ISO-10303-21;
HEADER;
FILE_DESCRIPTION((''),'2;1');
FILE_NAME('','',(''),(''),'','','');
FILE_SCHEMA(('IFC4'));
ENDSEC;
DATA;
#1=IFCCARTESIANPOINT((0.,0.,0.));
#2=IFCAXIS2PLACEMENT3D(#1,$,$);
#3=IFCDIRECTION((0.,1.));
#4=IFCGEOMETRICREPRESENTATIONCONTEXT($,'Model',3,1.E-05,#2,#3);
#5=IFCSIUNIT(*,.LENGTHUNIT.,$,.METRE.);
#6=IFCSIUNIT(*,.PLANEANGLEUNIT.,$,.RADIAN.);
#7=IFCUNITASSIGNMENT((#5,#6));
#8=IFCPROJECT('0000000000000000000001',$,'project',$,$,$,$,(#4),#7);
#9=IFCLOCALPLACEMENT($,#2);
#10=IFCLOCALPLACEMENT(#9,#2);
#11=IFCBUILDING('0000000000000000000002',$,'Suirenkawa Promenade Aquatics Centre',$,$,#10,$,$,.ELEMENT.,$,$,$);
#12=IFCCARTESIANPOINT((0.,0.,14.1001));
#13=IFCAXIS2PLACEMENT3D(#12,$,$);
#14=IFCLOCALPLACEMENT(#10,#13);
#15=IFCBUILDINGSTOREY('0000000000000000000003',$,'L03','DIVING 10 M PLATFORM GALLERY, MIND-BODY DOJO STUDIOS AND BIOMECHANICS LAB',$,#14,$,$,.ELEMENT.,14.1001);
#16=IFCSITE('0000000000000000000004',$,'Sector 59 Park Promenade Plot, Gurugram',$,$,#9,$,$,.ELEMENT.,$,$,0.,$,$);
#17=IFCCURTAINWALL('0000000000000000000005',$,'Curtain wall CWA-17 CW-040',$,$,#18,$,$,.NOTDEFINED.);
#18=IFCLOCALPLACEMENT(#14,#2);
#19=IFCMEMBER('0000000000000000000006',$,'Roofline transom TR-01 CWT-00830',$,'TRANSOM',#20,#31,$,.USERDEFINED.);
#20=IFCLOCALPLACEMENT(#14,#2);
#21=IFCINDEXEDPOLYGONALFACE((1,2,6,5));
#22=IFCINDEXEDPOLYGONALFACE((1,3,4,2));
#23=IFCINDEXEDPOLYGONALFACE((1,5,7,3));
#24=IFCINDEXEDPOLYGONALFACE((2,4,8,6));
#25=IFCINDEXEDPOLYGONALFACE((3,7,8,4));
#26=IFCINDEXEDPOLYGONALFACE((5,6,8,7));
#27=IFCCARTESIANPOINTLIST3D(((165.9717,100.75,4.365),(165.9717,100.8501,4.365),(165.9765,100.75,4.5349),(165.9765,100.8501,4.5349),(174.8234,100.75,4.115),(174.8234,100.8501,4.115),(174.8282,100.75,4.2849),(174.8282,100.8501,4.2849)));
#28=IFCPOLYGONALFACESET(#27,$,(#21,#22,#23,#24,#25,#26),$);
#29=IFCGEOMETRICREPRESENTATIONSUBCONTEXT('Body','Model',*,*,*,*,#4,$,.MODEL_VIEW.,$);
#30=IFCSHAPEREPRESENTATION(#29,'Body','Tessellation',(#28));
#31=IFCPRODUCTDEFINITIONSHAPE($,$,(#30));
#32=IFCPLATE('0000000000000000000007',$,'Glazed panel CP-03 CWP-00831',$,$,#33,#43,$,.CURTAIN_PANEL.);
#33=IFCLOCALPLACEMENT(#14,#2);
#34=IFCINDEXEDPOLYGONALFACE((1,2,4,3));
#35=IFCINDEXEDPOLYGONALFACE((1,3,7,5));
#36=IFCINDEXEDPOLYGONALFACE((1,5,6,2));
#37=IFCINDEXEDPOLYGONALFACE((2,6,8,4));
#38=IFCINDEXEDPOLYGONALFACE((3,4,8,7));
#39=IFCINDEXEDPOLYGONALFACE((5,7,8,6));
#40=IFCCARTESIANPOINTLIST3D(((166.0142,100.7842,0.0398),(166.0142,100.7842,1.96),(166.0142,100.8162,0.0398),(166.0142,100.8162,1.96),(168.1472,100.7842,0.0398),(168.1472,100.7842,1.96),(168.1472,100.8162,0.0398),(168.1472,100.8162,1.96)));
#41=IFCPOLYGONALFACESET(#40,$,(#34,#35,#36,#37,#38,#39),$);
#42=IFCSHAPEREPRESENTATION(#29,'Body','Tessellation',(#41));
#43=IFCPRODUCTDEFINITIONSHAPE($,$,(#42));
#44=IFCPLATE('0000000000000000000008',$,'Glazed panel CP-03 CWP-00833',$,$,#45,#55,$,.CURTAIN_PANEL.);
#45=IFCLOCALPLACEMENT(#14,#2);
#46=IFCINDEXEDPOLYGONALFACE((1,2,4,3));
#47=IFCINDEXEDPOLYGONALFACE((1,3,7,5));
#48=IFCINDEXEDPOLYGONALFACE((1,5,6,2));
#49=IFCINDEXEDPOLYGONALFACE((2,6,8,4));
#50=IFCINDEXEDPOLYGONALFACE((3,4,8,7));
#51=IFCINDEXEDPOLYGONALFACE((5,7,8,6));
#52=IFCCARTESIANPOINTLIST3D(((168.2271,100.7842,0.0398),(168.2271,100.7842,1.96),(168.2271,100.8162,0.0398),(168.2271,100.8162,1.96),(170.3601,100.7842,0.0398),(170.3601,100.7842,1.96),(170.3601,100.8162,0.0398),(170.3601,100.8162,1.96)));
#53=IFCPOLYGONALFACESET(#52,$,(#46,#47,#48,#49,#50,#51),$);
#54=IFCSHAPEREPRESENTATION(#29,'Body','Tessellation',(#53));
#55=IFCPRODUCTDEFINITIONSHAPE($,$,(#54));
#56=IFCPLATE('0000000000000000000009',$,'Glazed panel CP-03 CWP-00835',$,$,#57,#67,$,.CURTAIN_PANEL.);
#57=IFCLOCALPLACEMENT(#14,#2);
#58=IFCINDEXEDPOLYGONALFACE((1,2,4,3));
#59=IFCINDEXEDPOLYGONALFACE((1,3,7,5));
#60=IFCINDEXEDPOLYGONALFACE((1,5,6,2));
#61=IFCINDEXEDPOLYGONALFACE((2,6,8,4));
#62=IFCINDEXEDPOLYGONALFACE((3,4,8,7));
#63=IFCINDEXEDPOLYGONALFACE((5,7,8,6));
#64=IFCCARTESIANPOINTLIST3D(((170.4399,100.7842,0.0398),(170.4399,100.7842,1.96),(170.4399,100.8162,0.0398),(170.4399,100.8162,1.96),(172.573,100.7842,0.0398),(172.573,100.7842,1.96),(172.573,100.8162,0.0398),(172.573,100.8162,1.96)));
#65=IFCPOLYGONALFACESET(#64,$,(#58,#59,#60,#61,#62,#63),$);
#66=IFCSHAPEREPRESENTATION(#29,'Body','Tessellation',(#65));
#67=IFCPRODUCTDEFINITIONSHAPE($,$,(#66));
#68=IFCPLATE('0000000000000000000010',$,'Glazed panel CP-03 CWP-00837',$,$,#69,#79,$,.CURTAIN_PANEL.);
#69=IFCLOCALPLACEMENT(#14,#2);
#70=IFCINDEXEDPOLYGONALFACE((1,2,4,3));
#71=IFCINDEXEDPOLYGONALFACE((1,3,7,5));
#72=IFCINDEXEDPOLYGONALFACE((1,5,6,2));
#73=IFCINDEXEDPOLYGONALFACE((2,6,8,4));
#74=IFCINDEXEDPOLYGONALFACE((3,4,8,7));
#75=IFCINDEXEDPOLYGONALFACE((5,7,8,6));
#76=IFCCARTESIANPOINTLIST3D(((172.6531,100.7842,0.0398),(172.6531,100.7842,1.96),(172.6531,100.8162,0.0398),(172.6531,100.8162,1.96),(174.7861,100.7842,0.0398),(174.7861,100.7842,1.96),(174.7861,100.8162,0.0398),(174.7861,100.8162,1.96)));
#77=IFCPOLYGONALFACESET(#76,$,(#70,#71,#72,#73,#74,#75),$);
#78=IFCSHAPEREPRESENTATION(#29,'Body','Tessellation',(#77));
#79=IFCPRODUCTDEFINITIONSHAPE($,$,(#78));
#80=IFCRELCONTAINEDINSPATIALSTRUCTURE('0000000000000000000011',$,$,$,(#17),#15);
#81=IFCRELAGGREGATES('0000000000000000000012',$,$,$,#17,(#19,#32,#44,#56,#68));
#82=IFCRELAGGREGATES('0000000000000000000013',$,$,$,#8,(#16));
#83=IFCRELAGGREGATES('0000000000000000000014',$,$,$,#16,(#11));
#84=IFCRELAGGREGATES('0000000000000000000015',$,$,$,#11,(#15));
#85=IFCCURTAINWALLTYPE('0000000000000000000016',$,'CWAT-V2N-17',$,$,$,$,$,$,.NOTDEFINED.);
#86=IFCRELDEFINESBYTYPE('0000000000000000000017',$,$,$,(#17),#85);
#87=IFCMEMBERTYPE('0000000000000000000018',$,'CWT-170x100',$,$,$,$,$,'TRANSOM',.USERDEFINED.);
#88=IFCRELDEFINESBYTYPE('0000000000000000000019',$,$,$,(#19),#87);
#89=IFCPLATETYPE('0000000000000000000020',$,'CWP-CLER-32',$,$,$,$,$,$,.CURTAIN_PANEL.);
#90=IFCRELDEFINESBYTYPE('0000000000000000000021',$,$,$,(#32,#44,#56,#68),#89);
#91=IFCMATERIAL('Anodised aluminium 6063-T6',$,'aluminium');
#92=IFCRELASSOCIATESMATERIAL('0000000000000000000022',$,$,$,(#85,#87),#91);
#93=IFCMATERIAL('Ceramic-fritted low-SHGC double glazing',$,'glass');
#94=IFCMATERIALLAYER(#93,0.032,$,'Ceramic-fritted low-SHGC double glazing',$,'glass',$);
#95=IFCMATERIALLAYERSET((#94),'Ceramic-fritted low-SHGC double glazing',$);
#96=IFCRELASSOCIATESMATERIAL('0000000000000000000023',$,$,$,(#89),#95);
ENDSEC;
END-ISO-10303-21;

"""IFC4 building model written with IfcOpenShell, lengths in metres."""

from ifc_helpers import new_model, si_unit, direction, frame, origin, origin_2d, place, context, subcontext, project, spatial, polyline, rectangle, outline, extrude, material, layer, layer_set, material_profile, profile_set, type_object, element, aggregate, save


model = new_model("IFC4")

# Units and contexts
model_context = context("Model", 3, precision=1e-05, world=origin(), true_north=direction((0.0, 1.0)))
body_context = subcontext(model_context, "Body", "Model", "MODEL_VIEW")
ifc_project = project(units=[si_unit("LENGTHUNIT", "METRE"), si_unit("PLANEANGLEUNIT", "RADIAN")], contexts=[model_context])

# Site, building, storey
site_placement = place(None, origin())
site = spatial("IfcSite", under=ifc_project, at=site_placement, Name="Sector 59 Park Promenade Plot, Gurugram", CompositionType="ELEMENT", RefElevation=0.0)
building_placement = place(site_placement, origin())
building = spatial("IfcBuilding", under=site, at=building_placement, Name="Suirenkawa Promenade Aquatics Centre", CompositionType="ELEMENT")
storey_placement = place(building_placement, frame((0.0, 0.0, 14.1001)))
storey = spatial("IfcBuildingStorey", under=building, at=storey_placement, Name="L03", Description="DIVING 10 M PLATFORM GALLERY, MIND-BODY DOJO STUDIOS AND BIOMECHANICS LAB", CompositionType="ELEMENT", Elevation=14.1001)

# Curtain wall, member, plates
ifc_material_1 = material(Name="Anodised aluminium 6063-T6", Category="aluminium")
curtain_wall_type = type_object("IfcCurtainWallType", Name="CWAT-V2N-17", PredefinedType="NOTDEFINED", material=ifc_material_1)
curtain_wall_placement = place(storey_placement, origin())
curtain_wall = element("IfcCurtainWall", 1, at=curtain_wall_placement, inside=storey, type_object=curtain_wall_type, Name="Curtain wall CWA-17 CW-040", PredefinedType="NOTDEFINED")
ifc_material_profile_1 = material_profile(ifc_material_1, rectangle(XDim=0.1001, YDim=0.1699, at=origin_2d()), Name="ALU TRAN 100x170", Category="aluminium")
ifc_profile_set_1 = profile_set([ifc_material_profile_1], Name="Anodised aluminium 6063-T6")
member_type_1 = type_object("IfcMemberType", Name="CWT-170x100", ElementType="TRANSOM", PredefinedType="USERDEFINED", material=ifc_profile_set_1)
member_1_placement = place(storey_placement, frame((165.9741, 100.8, 4.45), z_axis=(0.999601, 0.0, -0.028232), x_axis=(0.0, 1.0, 0.0)))
member_1 = element("IfcMember", 2, at=member_1_placement, type_object=member_type_1, Name="Roofline transom TR-01 CWT-00830", ObjectType="TRANSOM", PredefinedType="USERDEFINED", context=body_context, shape_type="SweptSolid", body=[
    extrude(rectangle(XDim=0.1001, YDim=0.1699, at=origin_2d()), origin(), (0.0, 0.0, 1.0), 8.8552),
])
ifc_material_2 = material(Name="Ceramic-fritted low-SHGC double glazing", Category="glass")
ifc_layer = layer(ifc_material_2, 0.032, Name="Ceramic-fritted low-SHGC double glazing", Category="glass")
ifc_layer_set = layer_set([ifc_layer], Name="Ceramic-fritted low-SHGC double glazing")
plate_type = type_object("IfcPlateType", Name="CWP-CLER-32", PredefinedType="CURTAIN_PANEL", material=ifc_layer_set)
plate_1_placement = place(storey_placement, frame((165.9741, 100.8, 0.0398), z_axis=(0.0, 0.0, 1.0), x_axis=(1.0, 0.0, 0.0)))
plate_1 = element("IfcPlate", 3, at=plate_1_placement, type_object=plate_type, Name="Glazed panel CP-03 CWP-00831", PredefinedType="CURTAIN_PANEL", context=body_context, shape_type="SweptSolid", body=[
    extrude(outline(polyline([(0.04, 0.0), (2.1731, 0.0), (2.1731, 1.9202), (0.04, 1.9202), (0.04, 0.0)])), frame((0.0, 0.0161, 0.0), z_axis=(0.0, -1.0, 0.0), x_axis=(1.0, 0.0, 0.0)), (0.0, 0.0, 1.0), 0.032),
])
plate_2_placement = place(storey_placement, frame((168.187, 100.8, 0.0398), z_axis=(0.0, 0.0, 1.0), x_axis=(1.0, 0.0, 0.0)))
plate_2 = element("IfcPlate", 4, at=plate_2_placement, type_object=plate_type, Name="Glazed panel CP-03 CWP-00833", PredefinedType="CURTAIN_PANEL", context=body_context, shape_type="SweptSolid", body=[
    extrude(outline(polyline([(0.04, 0.0), (2.1731, 0.0), (2.1731, 1.9202), (0.04, 1.9202), (0.04, 0.0)])), frame((0.0, 0.0161, 0.0), z_axis=(0.0, -1.0, 0.0), x_axis=(1.0, 0.0, 0.0)), (0.0, 0.0, 1.0), 0.032),
])
plate_3_placement = place(storey_placement, frame((170.3999, 100.8, 0.0398), z_axis=(0.0, 0.0, 1.0), x_axis=(1.0, 0.0, 0.0)))
plate_3 = element("IfcPlate", 5, at=plate_3_placement, type_object=plate_type, Name="Glazed panel CP-03 CWP-00835", PredefinedType="CURTAIN_PANEL", context=body_context, shape_type="SweptSolid", body=[
    extrude(outline(polyline([(0.04, 0.0), (2.1731, 0.0), (2.1731, 1.9202), (0.04, 1.9202), (0.04, 0.0)])), frame((0.0, 0.0161, 0.0), z_axis=(0.0, -1.0, 0.0), x_axis=(1.0, 0.0, 0.0)), (0.0, 0.0, 1.0), 0.032),
])
plate_4_placement = place(storey_placement, frame((172.613, 100.8, 0.0398), z_axis=(0.0, 0.0, 1.0), x_axis=(1.0, 0.0, 0.0)))
plate_4 = element("IfcPlate", 6, at=plate_4_placement, type_object=plate_type, Name="Glazed panel CP-03 CWP-00837", PredefinedType="CURTAIN_PANEL", context=body_context, shape_type="SweptSolid", body=[
    extrude(outline(polyline([(0.04, 0.0), (2.1731, 0.0), (2.1731, 1.9202), (0.04, 1.9202), (0.04, 0.0)])), frame((0.0, 0.0161, 0.0), z_axis=(0.0, -1.0, 0.0), x_axis=(1.0, 0.0, 0.0)), (0.0, 0.0, 1.0), 0.032),
])
aggregate(curtain_wall, [member_1, plate_1, plate_2, plate_3, plate_4])

save(model, "model.ifc")
